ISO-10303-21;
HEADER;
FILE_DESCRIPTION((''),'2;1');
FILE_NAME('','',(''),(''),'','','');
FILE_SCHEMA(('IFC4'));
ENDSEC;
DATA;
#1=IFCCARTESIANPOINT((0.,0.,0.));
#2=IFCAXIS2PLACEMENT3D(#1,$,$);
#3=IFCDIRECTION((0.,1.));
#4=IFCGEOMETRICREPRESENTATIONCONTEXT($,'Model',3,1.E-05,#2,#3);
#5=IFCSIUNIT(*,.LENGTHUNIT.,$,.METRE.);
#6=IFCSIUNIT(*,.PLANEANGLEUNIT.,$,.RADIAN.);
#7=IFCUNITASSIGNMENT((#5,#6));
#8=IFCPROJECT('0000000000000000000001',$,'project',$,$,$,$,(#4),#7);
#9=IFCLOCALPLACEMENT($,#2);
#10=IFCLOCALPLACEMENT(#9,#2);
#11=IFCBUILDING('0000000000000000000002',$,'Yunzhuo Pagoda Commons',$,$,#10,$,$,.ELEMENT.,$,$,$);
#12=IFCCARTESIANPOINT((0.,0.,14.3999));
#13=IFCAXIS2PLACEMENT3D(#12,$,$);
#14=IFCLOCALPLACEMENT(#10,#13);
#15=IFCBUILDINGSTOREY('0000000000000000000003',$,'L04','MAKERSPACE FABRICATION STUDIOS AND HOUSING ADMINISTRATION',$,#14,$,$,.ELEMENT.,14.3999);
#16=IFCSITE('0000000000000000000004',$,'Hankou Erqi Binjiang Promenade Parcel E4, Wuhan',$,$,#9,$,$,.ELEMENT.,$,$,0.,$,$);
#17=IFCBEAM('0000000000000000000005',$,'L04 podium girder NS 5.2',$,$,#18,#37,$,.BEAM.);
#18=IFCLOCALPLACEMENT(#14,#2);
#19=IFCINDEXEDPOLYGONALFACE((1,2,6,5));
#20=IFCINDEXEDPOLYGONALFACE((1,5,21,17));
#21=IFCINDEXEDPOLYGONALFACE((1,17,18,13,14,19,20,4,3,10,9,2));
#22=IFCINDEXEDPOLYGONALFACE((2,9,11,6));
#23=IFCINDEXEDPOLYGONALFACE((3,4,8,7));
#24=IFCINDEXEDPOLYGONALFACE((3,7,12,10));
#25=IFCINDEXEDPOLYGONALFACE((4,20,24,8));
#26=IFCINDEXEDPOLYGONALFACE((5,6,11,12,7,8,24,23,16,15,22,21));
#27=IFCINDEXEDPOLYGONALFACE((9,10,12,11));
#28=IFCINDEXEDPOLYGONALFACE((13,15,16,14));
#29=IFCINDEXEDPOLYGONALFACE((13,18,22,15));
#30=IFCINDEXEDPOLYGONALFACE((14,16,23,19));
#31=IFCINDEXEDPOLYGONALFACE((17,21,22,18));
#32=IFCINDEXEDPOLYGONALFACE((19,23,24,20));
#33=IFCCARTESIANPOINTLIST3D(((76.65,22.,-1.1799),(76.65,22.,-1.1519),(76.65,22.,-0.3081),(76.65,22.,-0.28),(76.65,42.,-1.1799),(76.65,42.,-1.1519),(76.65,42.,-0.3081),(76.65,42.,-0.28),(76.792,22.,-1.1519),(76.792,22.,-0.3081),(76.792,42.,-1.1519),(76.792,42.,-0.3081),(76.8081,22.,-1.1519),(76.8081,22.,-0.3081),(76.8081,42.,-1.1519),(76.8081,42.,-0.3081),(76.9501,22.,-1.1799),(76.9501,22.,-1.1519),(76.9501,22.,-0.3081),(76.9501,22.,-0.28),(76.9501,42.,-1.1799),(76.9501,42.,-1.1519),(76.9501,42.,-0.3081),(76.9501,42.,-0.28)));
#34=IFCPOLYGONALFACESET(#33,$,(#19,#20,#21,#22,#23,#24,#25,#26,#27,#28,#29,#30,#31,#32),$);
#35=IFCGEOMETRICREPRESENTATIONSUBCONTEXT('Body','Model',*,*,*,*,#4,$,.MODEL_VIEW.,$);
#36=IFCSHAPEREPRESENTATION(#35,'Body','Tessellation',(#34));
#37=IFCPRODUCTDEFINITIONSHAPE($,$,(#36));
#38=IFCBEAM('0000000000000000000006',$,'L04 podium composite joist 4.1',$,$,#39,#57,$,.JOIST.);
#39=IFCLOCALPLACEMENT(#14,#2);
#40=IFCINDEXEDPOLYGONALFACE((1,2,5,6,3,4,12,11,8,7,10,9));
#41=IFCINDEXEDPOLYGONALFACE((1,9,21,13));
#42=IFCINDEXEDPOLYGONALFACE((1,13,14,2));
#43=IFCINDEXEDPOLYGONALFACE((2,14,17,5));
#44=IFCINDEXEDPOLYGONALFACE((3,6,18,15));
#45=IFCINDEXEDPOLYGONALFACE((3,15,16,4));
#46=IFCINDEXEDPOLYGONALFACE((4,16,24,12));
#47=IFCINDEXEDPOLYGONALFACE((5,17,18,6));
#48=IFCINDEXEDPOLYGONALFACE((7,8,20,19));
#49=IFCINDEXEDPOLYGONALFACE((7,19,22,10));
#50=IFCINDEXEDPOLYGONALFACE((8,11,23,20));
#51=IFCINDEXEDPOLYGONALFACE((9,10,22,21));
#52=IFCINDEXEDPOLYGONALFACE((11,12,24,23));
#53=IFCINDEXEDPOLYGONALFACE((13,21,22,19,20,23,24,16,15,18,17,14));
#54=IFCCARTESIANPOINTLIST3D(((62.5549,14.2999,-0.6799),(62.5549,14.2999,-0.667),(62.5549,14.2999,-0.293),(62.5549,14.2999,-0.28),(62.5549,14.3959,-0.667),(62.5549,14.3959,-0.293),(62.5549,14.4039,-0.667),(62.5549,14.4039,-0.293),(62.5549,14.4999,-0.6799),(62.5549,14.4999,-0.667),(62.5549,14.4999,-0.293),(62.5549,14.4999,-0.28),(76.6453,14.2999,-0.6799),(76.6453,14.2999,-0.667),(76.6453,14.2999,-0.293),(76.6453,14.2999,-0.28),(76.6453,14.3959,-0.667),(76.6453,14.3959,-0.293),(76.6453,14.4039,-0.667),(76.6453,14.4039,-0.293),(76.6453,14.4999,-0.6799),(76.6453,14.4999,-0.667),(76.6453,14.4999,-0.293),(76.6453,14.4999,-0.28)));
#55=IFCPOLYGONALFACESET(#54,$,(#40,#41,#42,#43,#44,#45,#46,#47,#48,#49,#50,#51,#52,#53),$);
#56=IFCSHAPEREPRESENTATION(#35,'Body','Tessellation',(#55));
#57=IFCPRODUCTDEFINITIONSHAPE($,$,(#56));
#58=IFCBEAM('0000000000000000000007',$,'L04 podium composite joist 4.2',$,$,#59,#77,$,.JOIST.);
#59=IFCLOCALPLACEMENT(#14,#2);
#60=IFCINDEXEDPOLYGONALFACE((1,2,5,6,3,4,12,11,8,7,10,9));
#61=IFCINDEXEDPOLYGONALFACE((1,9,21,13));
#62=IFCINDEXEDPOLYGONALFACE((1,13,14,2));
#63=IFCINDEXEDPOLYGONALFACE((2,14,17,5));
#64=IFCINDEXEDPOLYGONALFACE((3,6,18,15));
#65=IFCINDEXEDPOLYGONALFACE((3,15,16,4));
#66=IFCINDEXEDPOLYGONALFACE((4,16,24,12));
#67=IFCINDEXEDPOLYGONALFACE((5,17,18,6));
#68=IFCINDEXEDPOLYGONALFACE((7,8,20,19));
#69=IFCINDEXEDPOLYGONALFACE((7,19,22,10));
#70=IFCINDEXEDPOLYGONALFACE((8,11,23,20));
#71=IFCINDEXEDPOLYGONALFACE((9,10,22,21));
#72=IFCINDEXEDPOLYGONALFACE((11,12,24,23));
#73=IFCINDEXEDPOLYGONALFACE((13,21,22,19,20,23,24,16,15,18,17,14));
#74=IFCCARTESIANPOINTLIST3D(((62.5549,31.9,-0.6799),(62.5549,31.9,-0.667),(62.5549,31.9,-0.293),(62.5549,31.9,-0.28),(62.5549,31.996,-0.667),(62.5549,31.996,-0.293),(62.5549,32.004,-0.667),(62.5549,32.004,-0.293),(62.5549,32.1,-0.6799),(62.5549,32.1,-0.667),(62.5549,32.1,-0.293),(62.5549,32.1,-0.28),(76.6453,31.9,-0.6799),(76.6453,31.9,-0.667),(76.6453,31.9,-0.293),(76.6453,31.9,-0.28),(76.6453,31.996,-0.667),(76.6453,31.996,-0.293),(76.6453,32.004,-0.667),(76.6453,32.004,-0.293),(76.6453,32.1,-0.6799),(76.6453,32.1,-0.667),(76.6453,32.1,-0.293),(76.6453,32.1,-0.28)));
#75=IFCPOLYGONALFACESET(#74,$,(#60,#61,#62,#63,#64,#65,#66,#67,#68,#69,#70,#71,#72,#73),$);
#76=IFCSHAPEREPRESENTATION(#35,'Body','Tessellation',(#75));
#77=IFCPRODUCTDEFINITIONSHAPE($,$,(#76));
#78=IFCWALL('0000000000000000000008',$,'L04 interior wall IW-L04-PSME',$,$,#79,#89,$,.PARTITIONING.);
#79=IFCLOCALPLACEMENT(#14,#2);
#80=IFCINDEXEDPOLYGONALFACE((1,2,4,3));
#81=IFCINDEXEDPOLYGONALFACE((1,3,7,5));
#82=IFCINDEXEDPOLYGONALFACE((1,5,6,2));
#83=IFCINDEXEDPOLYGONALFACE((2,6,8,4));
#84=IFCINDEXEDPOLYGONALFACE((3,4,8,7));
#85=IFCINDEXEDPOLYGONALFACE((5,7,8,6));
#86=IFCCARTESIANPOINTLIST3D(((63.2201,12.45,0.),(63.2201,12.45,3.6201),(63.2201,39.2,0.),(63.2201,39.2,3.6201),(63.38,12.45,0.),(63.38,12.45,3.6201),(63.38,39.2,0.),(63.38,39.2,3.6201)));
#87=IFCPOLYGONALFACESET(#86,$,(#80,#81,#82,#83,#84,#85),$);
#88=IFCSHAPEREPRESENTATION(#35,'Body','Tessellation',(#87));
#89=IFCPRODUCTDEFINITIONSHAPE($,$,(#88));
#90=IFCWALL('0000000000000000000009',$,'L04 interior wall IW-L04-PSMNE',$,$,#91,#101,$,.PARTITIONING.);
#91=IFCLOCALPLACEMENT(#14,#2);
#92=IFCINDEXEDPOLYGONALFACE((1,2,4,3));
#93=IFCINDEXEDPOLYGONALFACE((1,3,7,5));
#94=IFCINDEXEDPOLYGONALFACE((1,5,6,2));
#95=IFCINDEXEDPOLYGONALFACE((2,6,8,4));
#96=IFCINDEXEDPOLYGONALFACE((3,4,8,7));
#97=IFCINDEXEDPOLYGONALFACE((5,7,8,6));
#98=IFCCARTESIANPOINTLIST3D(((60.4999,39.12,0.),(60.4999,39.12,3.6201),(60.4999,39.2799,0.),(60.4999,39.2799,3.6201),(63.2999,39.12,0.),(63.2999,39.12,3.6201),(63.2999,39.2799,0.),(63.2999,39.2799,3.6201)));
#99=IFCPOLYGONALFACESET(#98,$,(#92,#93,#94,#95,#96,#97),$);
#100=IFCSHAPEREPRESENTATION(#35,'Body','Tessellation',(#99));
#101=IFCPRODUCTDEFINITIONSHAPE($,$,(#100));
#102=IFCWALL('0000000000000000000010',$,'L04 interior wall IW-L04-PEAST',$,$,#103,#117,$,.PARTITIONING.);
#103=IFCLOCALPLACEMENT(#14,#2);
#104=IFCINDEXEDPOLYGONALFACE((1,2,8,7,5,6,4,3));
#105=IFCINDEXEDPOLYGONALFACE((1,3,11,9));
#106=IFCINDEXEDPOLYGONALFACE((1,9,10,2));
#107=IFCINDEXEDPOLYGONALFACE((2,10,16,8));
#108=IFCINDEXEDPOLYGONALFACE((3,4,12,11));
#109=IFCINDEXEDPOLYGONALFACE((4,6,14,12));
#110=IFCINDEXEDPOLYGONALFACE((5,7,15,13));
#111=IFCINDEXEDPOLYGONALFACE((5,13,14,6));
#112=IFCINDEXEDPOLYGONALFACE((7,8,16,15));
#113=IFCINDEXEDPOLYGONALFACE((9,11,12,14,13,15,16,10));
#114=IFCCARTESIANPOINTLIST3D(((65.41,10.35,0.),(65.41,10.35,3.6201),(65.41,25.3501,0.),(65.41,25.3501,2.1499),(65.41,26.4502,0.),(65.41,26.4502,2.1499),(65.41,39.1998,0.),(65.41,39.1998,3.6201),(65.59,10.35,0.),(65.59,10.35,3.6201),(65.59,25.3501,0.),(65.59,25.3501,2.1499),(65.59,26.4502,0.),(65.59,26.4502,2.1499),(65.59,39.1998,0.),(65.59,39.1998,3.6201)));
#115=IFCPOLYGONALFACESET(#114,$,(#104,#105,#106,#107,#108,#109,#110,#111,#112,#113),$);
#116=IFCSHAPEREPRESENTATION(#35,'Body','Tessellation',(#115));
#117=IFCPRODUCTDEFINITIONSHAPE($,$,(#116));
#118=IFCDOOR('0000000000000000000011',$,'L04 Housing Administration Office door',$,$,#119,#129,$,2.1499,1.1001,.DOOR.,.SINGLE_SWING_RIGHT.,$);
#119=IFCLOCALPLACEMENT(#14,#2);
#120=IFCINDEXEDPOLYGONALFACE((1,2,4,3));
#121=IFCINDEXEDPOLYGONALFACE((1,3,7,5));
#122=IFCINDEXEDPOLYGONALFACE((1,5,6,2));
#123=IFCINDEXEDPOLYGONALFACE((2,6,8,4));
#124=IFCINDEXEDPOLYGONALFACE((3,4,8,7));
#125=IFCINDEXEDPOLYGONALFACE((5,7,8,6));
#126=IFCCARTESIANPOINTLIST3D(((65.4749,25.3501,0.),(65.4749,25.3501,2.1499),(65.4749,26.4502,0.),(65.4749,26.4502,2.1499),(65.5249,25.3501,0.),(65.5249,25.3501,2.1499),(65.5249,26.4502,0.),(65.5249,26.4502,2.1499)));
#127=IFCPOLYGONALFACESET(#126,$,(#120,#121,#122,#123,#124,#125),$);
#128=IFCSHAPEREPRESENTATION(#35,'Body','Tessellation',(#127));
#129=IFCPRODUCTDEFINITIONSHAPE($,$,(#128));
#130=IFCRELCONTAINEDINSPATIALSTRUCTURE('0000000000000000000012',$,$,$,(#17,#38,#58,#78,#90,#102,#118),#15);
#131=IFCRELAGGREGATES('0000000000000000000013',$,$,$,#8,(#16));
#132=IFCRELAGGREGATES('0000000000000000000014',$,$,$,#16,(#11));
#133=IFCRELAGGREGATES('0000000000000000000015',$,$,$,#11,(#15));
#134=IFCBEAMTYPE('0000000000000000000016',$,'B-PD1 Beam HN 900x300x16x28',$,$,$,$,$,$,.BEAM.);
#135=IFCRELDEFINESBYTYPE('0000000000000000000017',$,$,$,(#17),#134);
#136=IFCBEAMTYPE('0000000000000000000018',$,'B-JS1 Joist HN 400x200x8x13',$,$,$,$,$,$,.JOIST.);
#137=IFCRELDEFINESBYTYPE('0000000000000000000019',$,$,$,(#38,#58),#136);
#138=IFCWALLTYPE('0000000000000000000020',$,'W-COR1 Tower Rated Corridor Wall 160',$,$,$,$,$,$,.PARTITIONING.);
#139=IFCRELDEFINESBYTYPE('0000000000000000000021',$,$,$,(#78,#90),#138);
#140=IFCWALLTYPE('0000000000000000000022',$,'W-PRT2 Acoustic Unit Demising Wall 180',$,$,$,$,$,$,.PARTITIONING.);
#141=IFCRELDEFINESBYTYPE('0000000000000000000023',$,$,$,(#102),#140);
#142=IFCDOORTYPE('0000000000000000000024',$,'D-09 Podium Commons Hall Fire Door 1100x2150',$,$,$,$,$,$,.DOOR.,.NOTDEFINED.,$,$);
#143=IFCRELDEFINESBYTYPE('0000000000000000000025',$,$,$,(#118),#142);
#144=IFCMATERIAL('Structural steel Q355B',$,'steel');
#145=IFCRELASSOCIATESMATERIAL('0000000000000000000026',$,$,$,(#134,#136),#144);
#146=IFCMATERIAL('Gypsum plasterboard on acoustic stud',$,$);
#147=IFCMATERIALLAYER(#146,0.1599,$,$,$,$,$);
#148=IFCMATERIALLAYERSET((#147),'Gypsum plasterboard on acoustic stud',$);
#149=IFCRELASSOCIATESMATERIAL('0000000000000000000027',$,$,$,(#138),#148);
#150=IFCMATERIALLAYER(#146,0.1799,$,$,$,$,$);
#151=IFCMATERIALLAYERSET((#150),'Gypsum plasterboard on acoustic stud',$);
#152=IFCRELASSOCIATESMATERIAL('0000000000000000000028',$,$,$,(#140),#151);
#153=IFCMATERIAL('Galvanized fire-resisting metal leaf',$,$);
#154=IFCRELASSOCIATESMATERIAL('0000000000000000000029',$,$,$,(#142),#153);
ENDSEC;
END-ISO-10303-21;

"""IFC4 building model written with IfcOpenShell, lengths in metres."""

from ifc_helpers import new_model, si_unit, direction, frame, frame_2d, origin, origin_2d, place, context, subcontext, project, spatial, rectangle, i_section, extrude, source, transform, mapped, material, layer, layer_set, material_profile, profile_set, type_object, element, fill, save


model = new_model("IFC4")

# Units and contexts
model_context = context("Model", 3, precision=1e-05, world=origin(), true_north=direction((0.0, 1.0)))
body_context = subcontext(model_context, "Body", "Model", "MODEL_VIEW")
ifc_project = project(units=[si_unit("LENGTHUNIT", "METRE"), si_unit("PLANEANGLEUNIT", "RADIAN")], contexts=[model_context])

# Site, building, storey
site_placement = place(None, origin())
site = spatial("IfcSite", under=ifc_project, at=site_placement, Name="Hankou Erqi Binjiang Promenade Parcel E4, Wuhan", CompositionType="ELEMENT", RefElevation=0.0)
building_placement = place(site_placement, origin())
building = spatial("IfcBuilding", under=site, at=building_placement, Name="Yunzhuo Pagoda Commons", CompositionType="ELEMENT")
storey_placement = place(building_placement, frame((0.0, 0.0, 14.3999)))
storey = spatial("IfcBuildingStorey", under=building, at=storey_placement, Name="L04", Description="MAKERSPACE FABRICATION STUDIOS AND HOUSING ADMINISTRATION", CompositionType="ELEMENT", Elevation=14.3999)

# Beams
ifc_material_1 = material(Name="Structural steel Q355B", Category="steel")
ifc_material_profile_1 = material_profile(ifc_material_1, i_section(OverallWidth=0.3, OverallDepth=0.8999, WebThickness=0.0161, FlangeThickness=0.0281, at=origin_2d()), Name="Structural steel Q355B")
ifc_profile_set_1 = profile_set([ifc_material_profile_1], Name="Structural steel Q355B")
beam_type_1 = type_object("IfcBeamType", Name="B-PD1 Beam HN 900x300x16x28", PredefinedType="BEAM", material=ifc_profile_set_1)
ifc_material_profile_2 = material_profile(ifc_material_1, i_section(OverallWidth=0.2, OverallDepth=0.3999, WebThickness=0.0081, FlangeThickness=0.0129, at=origin_2d()), Name="Structural steel Q355B")
ifc_profile_set_2 = profile_set([ifc_material_profile_2], Name="Structural steel Q355B")
beam_type_2 = type_object("IfcBeamType", Name="B-JS1 Joist HN 400x200x8x13", PredefinedType="JOIST", material=ifc_profile_set_2)
shared_shape_1 = source(origin(), body_context, "Body", "SweptSolid", [
    extrude(i_section(OverallWidth=0.3, OverallDepth=0.8999, WebThickness=0.0161, FlangeThickness=0.0281, at=origin_2d()), origin(), (0.0, 0.0, 1.0), 20.0),
])
for number, where, z_axis, x_axis, name in (
    (1, (76.8, 22.0, -0.73), (0.0, 1.0, 0.0), (-1.0, 0.0, 0.0), "L04 podium girder NS 5.2"),
):
    element("IfcBeam", number, at=place(storey_placement, frame(where, z_axis=z_axis, x_axis=x_axis)), inside=storey, type_object=beam_type_1, Name=name, PredefinedType="BEAM", context=body_context, shape_type="MappedRepresentation", body=[
        mapped(shared_shape_1, transform((0.0, 0.0, 0.0), scale=1.0)),
    ])
shared_shape_2 = source(origin(), body_context, "Body", "SweptSolid", [
    extrude(i_section(OverallWidth=0.2, OverallDepth=0.3999, WebThickness=0.0081, FlangeThickness=0.0129, at=origin_2d()), origin(), (0.0, 0.0, 1.0), 14.0903),
])
for number, where, z_axis, x_axis, name in (
    (2, (62.5549, 14.3999, -0.48), (1.0, 0.0, 0.0), (0.0, 1.0, 0.0), "L04 podium composite joist 4.1"),
    (3, (62.5549, 32.0, -0.48), (1.0, 0.0, 0.0), (0.0, 1.0, 0.0), "L04 podium composite joist 4.2"),
):
    element("IfcBeam", number, at=place(storey_placement, frame(where, z_axis=z_axis, x_axis=x_axis)), inside=storey, type_object=beam_type_2, Name=name, PredefinedType="JOIST", context=body_context, shape_type="MappedRepresentation", body=[
        mapped(shared_shape_2, transform((0.0, 0.0, 0.0), scale=1.0)),
    ])

# Walls
ifc_material_2 = material(Name="Gypsum plasterboard on acoustic stud")
ifc_layer_1 = layer(ifc_material_2, 0.1599)
ifc_layer_set_1 = layer_set([ifc_layer_1], Name="Gypsum plasterboard on acoustic stud")
wall_type_1 = type_object("IfcWallType", Name="W-COR1 Tower Rated Corridor Wall 160", PredefinedType="PARTITIONING", material=ifc_layer_set_1)
wall_1_placement = place(storey_placement, frame((63.3, 12.45, 0.0), z_axis=(0.0, 0.0, 1.0), x_axis=(0.0, 1.0, 0.0)))
element("IfcWall", 4, at=wall_1_placement, inside=storey, type_object=wall_type_1, Name="L04 interior wall IW-L04-PSME", PredefinedType="PARTITIONING", context=body_context, shape_type="SweptSolid", body=[
    extrude(rectangle(XDim=26.75, YDim=0.1599, at=frame_2d((13.375, 0.0))), origin(), (0.0, 0.0, 1.0), 3.6201),
])
wall_2_placement = place(storey_placement, frame((60.5, 39.2, 0.0), z_axis=(0.0, 0.0, 1.0), x_axis=(1.0, 0.0, 0.0)))
element("IfcWall", 5, at=wall_2_placement, inside=storey, type_object=wall_type_1, Name="L04 interior wall IW-L04-PSMNE", PredefinedType="PARTITIONING", context=body_context, shape_type="SweptSolid", body=[
    extrude(rectangle(XDim=2.8, YDim=0.1599, at=frame_2d((1.3999, 0.0))), origin(), (0.0, 0.0, 1.0), 3.6201),
])

# Wall, opening, door
ifc_layer_2 = layer(ifc_material_2, 0.1799)
ifc_layer_set_2 = layer_set([ifc_layer_2], Name="Gypsum plasterboard on acoustic stud")
wall_type_2 = type_object("IfcWallType", Name="W-PRT2 Acoustic Unit Demising Wall 180", PredefinedType="PARTITIONING", material=ifc_layer_set_2)
wall_3_placement = place(storey_placement, frame((65.5, 10.3501, 0.0), z_axis=(0.0, 0.0, 1.0), x_axis=(0.0, 1.0, 0.0)))
wall_3 = element("IfcWall", 6, at=wall_3_placement, inside=storey, type_object=wall_type_2, Name="L04 interior wall IW-L04-PEAST", PredefinedType="PARTITIONING", context=body_context, shape_type="SweptSolid", body=[
    extrude(rectangle(XDim=28.8499, YDim=0.1799, at=frame_2d((14.4248, 0.0))), origin(), (0.0, 0.0, 1.0), 3.6201),
])
opening_placement = place(wall_3_placement, frame((15.0, 0.0, 0.0)))
opening = element("IfcOpeningElement", 7, at=opening_placement, cuts=wall_3, PredefinedType="OPENING", context=body_context, shape_type="SweptSolid", body=[
    extrude(rectangle(XDim=1.1001, YDim=2.1499, at=frame_2d((0.55, 1.075))), frame((0.0, 0.1001, 0.0), z_axis=(0.0, -1.0, 0.0), x_axis=(1.0, 0.0, 0.0)), (0.0, 0.0, 1.0), 0.2),
])
ifc_material_3 = material(Name="Galvanized fire-resisting metal leaf")
door_type = type_object("IfcDoorType", Name="D-09 Podium Commons Hall Fire Door 1100x2150", OperationType="NOTDEFINED", PredefinedType="DOOR", material=ifc_material_3)
shared_shape_3 = source(origin(), body_context, "Body", "SweptSolid", [
    extrude(rectangle(XDim=1.1001, YDim=2.1499, at=frame_2d((0.55, 1.075))), frame((0.0, 0.0249, 0.0), z_axis=(0.0, -1.0, 0.0), x_axis=(1.0, 0.0, 0.0)), (0.0, 0.0, 1.0), 0.05),
])
door_placement = place(opening_placement, frame((1.1001, 0.0, 0.0), z_axis=(0.0, 0.0, 1.0), x_axis=(-1.0, 0.0, 0.0)))
door = element("IfcDoor", 8, at=door_placement, inside=storey, type_object=door_type, Name="L04 Housing Administration Office door", OperationType="SINGLE_SWING_RIGHT", OverallHeight=2.1499, OverallWidth=1.1001, PredefinedType="DOOR", context=body_context, shape_type="MappedRepresentation", body=[
    mapped(shared_shape_3, transform((0.0, 0.0, 0.0), scale=1.0)),
])
fill(opening, door)

save(model, "model.ifc")
